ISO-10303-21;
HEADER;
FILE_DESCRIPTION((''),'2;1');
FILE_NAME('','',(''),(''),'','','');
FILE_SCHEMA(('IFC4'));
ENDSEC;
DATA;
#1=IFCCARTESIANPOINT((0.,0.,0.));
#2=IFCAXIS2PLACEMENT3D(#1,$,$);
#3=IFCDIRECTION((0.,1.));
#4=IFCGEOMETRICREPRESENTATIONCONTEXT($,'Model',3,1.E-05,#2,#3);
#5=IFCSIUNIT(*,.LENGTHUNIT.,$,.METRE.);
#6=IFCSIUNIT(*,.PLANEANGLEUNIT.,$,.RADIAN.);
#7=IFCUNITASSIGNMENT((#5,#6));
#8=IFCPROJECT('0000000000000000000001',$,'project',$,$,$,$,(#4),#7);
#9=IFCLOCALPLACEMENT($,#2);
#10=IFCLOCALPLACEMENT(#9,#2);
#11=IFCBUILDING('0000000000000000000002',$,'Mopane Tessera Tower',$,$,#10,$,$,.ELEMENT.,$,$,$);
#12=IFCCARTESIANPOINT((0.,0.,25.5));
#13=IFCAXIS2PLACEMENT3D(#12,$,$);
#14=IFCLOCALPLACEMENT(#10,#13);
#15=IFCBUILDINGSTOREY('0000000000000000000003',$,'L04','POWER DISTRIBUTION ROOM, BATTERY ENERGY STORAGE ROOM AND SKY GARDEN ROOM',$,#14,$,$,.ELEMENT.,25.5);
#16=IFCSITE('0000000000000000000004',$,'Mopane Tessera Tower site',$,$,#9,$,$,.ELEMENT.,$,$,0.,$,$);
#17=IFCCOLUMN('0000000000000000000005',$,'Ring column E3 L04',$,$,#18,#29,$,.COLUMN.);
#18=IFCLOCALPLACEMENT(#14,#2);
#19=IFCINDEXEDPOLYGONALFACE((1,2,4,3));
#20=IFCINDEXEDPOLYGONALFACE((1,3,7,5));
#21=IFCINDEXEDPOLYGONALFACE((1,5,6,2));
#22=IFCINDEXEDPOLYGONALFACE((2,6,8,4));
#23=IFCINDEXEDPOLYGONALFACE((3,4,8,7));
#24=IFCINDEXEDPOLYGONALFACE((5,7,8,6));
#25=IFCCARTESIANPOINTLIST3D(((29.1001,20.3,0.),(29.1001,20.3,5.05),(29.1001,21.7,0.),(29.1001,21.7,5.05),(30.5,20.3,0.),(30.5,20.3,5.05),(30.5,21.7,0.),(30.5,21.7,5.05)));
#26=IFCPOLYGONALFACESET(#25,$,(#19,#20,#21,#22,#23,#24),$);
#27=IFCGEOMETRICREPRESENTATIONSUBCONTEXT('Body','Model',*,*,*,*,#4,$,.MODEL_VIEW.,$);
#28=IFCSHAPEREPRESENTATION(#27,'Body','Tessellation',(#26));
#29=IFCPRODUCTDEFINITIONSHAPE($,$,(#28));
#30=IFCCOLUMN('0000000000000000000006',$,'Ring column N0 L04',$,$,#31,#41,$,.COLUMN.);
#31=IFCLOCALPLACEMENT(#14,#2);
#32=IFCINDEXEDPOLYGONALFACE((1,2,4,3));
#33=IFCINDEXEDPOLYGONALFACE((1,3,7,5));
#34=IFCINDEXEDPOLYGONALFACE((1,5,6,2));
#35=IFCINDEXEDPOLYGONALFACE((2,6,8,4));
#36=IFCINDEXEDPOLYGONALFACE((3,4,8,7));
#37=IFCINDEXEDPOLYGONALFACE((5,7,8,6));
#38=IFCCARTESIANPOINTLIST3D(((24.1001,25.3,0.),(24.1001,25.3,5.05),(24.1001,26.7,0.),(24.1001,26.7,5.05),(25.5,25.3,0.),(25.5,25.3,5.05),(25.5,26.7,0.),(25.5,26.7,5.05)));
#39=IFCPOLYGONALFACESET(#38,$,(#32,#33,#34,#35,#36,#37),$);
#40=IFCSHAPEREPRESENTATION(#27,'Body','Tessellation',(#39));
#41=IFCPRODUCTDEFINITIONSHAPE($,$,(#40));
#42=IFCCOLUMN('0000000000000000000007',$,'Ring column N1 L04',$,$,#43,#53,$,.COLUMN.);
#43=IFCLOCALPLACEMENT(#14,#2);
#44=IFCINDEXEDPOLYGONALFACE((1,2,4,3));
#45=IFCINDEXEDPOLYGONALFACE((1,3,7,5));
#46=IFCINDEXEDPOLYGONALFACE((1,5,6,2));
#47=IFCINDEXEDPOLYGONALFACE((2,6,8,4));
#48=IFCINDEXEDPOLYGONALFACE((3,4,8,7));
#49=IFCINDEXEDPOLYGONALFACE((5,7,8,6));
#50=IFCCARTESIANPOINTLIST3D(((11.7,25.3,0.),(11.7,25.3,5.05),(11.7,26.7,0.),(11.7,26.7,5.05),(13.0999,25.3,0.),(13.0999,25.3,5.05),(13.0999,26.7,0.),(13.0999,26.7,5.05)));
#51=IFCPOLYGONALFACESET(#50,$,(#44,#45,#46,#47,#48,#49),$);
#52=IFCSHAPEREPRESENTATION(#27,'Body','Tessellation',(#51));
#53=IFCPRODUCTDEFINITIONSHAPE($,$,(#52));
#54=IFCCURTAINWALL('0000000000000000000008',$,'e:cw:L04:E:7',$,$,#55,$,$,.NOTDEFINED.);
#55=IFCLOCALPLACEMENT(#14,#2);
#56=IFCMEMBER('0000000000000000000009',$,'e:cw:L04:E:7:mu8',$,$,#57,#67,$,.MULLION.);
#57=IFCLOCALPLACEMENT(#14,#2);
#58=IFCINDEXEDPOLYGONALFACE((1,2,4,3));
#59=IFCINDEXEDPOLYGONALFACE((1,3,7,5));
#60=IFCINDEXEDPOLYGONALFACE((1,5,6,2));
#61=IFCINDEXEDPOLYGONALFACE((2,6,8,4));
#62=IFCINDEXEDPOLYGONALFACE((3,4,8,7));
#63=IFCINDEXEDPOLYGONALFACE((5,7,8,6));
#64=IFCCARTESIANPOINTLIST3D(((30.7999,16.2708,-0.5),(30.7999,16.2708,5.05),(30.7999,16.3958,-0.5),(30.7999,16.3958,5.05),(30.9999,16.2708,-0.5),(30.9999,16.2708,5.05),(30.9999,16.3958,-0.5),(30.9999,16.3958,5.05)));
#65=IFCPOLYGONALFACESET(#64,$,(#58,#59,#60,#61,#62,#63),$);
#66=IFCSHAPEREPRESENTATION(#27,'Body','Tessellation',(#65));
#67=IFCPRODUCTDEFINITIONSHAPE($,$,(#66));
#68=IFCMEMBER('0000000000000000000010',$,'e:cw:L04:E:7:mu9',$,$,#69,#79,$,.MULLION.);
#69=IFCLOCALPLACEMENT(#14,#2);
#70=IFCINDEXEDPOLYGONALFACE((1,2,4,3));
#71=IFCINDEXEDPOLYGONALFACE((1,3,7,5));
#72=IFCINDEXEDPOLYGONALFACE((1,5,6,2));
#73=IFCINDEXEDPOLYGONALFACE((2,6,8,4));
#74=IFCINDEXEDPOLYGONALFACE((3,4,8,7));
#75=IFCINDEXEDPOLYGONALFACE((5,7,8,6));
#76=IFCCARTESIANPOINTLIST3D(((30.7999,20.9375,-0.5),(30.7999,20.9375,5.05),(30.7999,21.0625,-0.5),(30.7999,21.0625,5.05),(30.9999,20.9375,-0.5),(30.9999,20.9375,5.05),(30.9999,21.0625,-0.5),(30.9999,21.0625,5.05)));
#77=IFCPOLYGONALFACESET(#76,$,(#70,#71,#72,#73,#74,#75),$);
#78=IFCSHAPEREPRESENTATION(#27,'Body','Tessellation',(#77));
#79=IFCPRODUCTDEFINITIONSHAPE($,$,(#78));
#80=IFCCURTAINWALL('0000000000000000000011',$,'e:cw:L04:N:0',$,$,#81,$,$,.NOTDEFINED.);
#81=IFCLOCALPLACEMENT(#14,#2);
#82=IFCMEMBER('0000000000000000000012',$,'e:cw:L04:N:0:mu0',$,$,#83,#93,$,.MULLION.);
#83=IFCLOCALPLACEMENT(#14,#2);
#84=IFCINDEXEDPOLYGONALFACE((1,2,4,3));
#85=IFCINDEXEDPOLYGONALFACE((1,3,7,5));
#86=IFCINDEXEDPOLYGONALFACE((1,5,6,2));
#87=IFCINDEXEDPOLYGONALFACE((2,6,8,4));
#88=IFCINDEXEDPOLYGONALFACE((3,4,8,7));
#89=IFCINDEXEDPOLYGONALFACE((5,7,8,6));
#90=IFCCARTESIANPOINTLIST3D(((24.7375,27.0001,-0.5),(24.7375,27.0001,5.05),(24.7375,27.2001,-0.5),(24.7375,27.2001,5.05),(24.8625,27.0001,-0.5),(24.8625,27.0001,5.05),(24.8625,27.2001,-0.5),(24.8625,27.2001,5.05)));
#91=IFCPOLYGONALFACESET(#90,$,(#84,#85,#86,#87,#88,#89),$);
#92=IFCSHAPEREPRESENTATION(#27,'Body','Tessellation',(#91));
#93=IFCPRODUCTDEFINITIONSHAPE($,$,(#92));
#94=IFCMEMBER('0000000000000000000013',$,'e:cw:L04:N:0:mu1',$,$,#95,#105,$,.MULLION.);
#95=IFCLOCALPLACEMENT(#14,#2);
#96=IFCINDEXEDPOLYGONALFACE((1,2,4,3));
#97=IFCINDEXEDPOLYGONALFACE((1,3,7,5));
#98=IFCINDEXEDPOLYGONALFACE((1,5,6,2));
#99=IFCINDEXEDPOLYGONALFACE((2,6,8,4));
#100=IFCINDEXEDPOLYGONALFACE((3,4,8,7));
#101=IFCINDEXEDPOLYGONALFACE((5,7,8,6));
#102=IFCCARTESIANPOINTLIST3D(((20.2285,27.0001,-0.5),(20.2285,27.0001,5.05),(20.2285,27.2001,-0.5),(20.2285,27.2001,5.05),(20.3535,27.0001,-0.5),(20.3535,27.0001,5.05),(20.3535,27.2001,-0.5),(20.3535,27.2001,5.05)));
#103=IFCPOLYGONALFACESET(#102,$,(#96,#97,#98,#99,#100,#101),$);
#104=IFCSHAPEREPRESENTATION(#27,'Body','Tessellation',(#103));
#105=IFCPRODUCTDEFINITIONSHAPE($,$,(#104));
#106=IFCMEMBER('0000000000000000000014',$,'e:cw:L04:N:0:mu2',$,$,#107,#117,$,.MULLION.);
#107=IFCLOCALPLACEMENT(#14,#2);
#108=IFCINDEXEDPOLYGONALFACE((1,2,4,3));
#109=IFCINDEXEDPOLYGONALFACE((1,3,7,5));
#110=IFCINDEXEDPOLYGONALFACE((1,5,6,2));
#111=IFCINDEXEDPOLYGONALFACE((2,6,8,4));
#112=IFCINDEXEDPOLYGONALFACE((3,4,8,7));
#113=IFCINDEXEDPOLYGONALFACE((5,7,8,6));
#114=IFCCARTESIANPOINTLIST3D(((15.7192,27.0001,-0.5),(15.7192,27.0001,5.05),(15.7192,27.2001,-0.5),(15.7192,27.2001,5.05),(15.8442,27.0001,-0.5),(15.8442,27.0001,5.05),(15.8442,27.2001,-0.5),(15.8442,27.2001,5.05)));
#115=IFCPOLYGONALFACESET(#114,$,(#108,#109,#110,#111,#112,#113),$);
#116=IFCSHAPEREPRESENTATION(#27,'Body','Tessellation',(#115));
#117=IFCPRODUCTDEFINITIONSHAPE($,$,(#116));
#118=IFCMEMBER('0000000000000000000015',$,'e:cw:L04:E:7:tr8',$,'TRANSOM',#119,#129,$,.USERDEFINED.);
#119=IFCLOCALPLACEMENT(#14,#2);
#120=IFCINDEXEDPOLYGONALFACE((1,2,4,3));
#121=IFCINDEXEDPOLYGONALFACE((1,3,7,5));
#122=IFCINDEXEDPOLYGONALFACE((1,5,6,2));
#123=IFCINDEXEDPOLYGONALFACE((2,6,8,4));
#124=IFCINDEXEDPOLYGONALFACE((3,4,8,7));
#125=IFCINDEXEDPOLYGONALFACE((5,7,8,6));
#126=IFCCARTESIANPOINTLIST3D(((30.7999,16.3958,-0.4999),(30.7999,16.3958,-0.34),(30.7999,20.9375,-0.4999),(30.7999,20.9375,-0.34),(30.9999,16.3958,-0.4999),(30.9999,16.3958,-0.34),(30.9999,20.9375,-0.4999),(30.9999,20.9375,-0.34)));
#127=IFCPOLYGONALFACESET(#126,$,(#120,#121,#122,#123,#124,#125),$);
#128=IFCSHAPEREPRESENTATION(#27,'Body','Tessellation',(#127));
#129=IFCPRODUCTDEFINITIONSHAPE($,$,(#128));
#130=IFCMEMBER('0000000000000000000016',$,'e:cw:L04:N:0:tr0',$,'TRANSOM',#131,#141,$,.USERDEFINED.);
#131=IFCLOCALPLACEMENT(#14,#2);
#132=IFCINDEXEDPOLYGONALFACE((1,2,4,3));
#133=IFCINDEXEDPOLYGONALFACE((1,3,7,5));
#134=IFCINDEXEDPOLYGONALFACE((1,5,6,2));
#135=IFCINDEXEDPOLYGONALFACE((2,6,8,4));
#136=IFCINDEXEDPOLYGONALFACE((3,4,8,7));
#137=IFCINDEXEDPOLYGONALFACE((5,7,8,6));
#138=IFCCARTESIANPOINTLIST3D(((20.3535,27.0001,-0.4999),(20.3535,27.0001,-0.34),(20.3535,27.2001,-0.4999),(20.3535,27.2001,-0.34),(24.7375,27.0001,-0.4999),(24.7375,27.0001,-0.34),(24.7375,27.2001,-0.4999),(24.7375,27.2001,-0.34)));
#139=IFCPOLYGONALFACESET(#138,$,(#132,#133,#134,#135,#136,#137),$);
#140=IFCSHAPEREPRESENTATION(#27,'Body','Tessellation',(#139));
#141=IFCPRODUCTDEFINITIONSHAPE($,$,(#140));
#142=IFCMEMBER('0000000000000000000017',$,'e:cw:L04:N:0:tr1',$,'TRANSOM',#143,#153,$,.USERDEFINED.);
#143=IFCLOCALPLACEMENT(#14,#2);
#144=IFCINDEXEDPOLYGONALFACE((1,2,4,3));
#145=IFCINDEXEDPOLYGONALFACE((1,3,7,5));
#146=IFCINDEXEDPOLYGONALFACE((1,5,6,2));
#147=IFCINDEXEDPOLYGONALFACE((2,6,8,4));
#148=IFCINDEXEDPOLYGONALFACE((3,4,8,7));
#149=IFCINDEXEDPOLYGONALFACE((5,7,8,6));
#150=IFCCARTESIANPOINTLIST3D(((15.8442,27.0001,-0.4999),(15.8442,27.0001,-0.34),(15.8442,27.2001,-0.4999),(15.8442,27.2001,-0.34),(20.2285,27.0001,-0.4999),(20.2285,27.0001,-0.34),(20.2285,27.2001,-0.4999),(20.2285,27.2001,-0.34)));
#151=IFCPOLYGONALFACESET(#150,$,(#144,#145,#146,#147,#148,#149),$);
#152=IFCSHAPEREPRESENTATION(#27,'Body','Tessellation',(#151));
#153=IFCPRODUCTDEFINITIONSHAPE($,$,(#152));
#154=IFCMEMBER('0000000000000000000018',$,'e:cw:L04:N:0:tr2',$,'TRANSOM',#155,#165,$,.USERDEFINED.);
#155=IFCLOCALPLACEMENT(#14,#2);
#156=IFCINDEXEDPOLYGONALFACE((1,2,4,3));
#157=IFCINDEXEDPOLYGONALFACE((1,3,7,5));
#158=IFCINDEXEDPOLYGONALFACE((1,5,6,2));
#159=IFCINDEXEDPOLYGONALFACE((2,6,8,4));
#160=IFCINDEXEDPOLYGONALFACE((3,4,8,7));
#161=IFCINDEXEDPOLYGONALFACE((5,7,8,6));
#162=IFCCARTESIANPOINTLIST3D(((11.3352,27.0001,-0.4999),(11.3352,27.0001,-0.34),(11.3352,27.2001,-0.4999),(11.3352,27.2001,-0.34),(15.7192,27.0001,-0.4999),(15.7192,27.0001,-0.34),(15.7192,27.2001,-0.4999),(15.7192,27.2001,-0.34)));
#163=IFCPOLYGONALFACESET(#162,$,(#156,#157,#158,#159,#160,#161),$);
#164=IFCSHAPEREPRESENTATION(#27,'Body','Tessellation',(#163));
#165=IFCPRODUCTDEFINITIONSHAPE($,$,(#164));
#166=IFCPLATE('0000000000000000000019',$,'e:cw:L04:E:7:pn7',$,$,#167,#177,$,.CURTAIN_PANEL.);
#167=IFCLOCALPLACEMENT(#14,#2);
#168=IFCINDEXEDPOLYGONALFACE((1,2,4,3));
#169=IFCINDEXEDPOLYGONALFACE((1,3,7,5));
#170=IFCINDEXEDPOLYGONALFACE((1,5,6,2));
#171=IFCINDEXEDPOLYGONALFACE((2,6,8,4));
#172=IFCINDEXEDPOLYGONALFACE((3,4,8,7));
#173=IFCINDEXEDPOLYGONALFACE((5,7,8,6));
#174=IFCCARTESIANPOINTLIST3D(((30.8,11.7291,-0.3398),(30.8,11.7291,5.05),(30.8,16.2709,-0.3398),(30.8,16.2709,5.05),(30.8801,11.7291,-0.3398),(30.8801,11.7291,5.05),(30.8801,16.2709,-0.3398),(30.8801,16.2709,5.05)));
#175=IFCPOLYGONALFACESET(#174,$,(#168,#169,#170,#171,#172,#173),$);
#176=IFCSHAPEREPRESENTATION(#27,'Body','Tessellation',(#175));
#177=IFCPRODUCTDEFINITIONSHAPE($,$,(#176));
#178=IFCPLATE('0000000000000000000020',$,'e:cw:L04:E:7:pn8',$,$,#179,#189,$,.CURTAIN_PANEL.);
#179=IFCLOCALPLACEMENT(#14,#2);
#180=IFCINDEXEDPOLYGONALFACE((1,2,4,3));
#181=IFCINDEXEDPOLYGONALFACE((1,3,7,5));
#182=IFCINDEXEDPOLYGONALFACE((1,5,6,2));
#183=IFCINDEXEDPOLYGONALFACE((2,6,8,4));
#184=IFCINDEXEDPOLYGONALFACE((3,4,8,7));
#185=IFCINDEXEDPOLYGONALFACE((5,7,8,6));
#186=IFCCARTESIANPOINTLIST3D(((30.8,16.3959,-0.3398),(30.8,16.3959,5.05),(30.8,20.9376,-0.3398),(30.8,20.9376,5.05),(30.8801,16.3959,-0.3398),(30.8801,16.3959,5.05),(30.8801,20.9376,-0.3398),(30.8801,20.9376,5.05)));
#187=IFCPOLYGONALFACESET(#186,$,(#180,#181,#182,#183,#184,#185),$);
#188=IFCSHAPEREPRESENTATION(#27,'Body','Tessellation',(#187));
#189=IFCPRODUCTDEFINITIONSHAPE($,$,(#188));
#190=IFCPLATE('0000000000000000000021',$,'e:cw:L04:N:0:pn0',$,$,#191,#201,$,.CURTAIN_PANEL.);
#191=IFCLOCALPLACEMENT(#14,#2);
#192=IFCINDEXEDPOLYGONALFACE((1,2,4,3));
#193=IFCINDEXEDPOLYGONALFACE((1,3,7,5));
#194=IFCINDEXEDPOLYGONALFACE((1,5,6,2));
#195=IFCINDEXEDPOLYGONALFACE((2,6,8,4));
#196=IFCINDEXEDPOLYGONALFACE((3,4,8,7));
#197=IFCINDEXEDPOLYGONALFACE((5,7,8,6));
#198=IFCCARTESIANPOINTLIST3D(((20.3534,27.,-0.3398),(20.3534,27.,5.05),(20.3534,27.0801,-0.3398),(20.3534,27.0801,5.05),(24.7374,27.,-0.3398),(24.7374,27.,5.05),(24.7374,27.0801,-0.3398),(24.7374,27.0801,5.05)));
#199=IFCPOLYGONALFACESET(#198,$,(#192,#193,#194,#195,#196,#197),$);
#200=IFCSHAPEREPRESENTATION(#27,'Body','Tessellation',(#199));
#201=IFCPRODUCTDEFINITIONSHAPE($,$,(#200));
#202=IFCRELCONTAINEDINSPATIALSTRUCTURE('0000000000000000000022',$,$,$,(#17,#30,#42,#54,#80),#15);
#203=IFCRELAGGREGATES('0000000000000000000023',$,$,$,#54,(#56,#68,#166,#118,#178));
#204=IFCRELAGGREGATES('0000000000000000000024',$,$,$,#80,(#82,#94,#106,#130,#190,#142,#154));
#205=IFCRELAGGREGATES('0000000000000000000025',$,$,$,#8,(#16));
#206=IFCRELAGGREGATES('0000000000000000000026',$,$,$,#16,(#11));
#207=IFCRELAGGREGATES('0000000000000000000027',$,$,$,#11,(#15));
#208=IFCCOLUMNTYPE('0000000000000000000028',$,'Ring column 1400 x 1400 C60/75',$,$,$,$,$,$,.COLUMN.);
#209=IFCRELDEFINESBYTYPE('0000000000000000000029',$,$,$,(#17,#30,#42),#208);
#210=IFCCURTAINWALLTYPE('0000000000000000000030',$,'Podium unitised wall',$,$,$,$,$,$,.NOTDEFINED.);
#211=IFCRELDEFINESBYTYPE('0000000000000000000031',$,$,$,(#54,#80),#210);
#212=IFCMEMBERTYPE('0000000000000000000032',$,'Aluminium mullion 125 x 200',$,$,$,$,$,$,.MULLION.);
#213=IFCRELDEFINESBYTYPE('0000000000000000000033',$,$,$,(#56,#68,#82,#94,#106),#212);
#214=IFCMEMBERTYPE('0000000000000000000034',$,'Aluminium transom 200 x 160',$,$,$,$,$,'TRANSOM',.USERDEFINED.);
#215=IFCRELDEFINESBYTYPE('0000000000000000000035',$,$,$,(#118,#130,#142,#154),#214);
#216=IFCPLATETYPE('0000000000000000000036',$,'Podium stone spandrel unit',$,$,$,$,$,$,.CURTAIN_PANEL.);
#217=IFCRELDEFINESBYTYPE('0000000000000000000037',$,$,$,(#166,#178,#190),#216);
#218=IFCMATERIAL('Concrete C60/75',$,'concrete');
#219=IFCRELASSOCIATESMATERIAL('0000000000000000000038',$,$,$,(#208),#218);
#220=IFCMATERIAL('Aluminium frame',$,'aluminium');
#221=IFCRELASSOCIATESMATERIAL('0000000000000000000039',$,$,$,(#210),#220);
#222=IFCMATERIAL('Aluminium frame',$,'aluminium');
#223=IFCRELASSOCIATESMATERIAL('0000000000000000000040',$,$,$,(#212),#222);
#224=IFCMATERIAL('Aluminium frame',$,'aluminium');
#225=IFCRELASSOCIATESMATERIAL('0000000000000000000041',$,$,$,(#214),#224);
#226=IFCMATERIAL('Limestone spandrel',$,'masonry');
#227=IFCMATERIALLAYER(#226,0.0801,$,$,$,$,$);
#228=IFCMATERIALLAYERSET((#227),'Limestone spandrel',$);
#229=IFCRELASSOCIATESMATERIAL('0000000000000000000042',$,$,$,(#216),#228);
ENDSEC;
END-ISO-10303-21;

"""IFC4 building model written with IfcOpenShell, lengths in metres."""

from ifc_helpers import new_model, si_unit, direction, frame, origin, origin_2d, place, context, subcontext, project, spatial, rectangle, extrude, material, layer, layer_set, material_profile, profile_set, type_object, element, aggregate, save


model = new_model("IFC4")

# Units and contexts
model_context = context("Model", 3, precision=1e-05, world=origin(), true_north=direction((0.0, 1.0)))
body_context = subcontext(model_context, "Body", "Model", "MODEL_VIEW")
ifc_project = project(units=[si_unit("LENGTHUNIT", "METRE"), si_unit("PLANEANGLEUNIT", "RADIAN")], contexts=[model_context])

# Site, building, storey
site_placement = place(None, origin())
site = spatial("IfcSite", under=ifc_project, at=site_placement, Name="Mopane Tessera Tower site", CompositionType="ELEMENT", RefElevation=0.0)
building_placement = place(site_placement, origin())
building = spatial("IfcBuilding", under=site, at=building_placement, Name="Mopane Tessera Tower", CompositionType="ELEMENT")
storey_placement = place(building_placement, frame((0.0, 0.0, 25.5)))
storey = spatial("IfcBuildingStorey", under=building, at=storey_placement, Name="L04", Description="POWER DISTRIBUTION ROOM, BATTERY ENERGY STORAGE ROOM AND SKY GARDEN ROOM", CompositionType="ELEMENT", Elevation=25.5)

# Columns
ifc_material_1 = material(Name="Concrete C60/75", Category="concrete")
ifc_material_profile_1 = material_profile(ifc_material_1, rectangle(XDim=1.3999, YDim=1.3999, at=origin_2d()))
ifc_profile_set_1 = profile_set([ifc_material_profile_1], Name="Concrete C60/75")
column_type = type_object("IfcColumnType", Name="Ring column 1400 x 1400 C60/75", PredefinedType="COLUMN", material=ifc_profile_set_1)
for number, where, z_axis, x_axis, name in (
    (1, (29.8, 21.0, 0.0), (0.0, 0.0, 1.0), (1.0, 0.0, 0.0), "Ring column E3 L04"),
    (2, (24.8, 26.0, 0.0), (0.0, 0.0, 1.0), (1.0, 0.0, 0.0), "Ring column N0 L04"),
    (3, (12.3999, 26.0, 0.0), (0.0, 0.0, 1.0), (1.0, 0.0, 0.0), "Ring column N1 L04"),
):
    element("IfcColumn", number, at=place(storey_placement, frame(where, z_axis=z_axis, x_axis=x_axis)), inside=storey, type_object=column_type, Name=name, PredefinedType="COLUMN", context=body_context, shape_type="SweptSolid", body=[
        extrude(rectangle(XDim=1.3999, YDim=1.3999, at=origin_2d()), origin(), (0.0, 0.0, 1.0), 5.05),
    ])

# Curtain walls, members
ifc_material_2 = material(Name="Aluminium frame", Category="aluminium")
curtain_wall_type = type_object("IfcCurtainWallType", Name="Podium unitised wall", PredefinedType="NOTDEFINED", material=ifc_material_2)
curtain_wall_1_placement = place(storey_placement, origin())
curtain_wall_1 = element("IfcCurtainWall", 4, at=curtain_wall_1_placement, inside=storey, type_object=curtain_wall_type, Name="e:cw:L04:E:7", PredefinedType="NOTDEFINED")
ifc_material_3 = material(Name="Aluminium frame", Category="aluminium")
ifc_material_profile_2 = material_profile(ifc_material_3, rectangle(XDim=0.125, YDim=0.2, at=origin_2d()))
ifc_profile_set_2 = profile_set([ifc_material_profile_2], Name="Aluminium frame")
member_type_1 = type_object("IfcMemberType", Name="Aluminium mullion 125 x 200", PredefinedType="MULLION", material=ifc_profile_set_2)
member_1_placement = place(storey_placement, frame((30.8999, 16.3333, -0.5), z_axis=(0.0, 0.0, 1.0), x_axis=(0.0, 1.0, 0.0)))
member_1 = element("IfcMember", 5, at=member_1_placement, type_object=member_type_1, Name="e:cw:L04:E:7:mu8", PredefinedType="MULLION", context=body_context, shape_type="SweptSolid", body=[
    extrude(rectangle(XDim=0.125, YDim=0.2, at=origin_2d()), origin(), (0.0, 0.0, 1.0), 5.55),
])
member_2_placement = place(storey_placement, frame((30.8999, 21.0, -0.5), z_axis=(0.0, 0.0, 1.0), x_axis=(0.0, 1.0, 0.0)))
member_2 = element("IfcMember", 6, at=member_2_placement, type_object=member_type_1, Name="e:cw:L04:E:7:mu9", PredefinedType="MULLION", context=body_context, shape_type="SweptSolid", body=[
    extrude(rectangle(XDim=0.125, YDim=0.2, at=origin_2d()), origin(), (0.0, 0.0, 1.0), 5.55),
])
curtain_wall_2_placement = place(storey_placement, origin())
curtain_wall_2 = element("IfcCurtainWall", 7, at=curtain_wall_2_placement, inside=storey, type_object=curtain_wall_type, Name="e:cw:L04:N:0", PredefinedType="NOTDEFINED")
member_3_placement = place(storey_placement, frame((24.8, 27.1001, -0.5), z_axis=(0.0, 0.0, 1.0), x_axis=(-1.0, 0.0, 0.0)))
member_3 = element("IfcMember", 8, at=member_3_placement, type_object=member_type_1, Name="e:cw:L04:N:0:mu0", PredefinedType="MULLION", context=body_context, shape_type="SweptSolid", body=[
    extrude(rectangle(XDim=0.125, YDim=0.2, at=origin_2d()), origin(), (0.0, 0.0, 1.0), 5.55),
])
member_4_placement = place(storey_placement, frame((20.291, 27.1001, -0.5), z_axis=(0.0, 0.0, 1.0), x_axis=(-1.0, 0.0, 0.0)))
member_4 = element("IfcMember", 9, at=member_4_placement, type_object=member_type_1, Name="e:cw:L04:N:0:mu1", PredefinedType="MULLION", context=body_context, shape_type="SweptSolid", body=[
    extrude(rectangle(XDim=0.125, YDim=0.2, at=origin_2d()), origin(), (0.0, 0.0, 1.0), 5.55),
])
member_5_placement = place(storey_placement, frame((15.7817, 27.1001, -0.5), z_axis=(0.0, 0.0, 1.0), x_axis=(-1.0, 0.0, 0.0)))
member_5 = element("IfcMember", 10, at=member_5_placement, type_object=member_type_1, Name="e:cw:L04:N:0:mu2", PredefinedType="MULLION", context=body_context, shape_type="SweptSolid", body=[
    extrude(rectangle(XDim=0.125, YDim=0.2, at=origin_2d()), origin(), (0.0, 0.0, 1.0), 5.55),
])

# Members
ifc_material_4 = material(Name="Aluminium frame", Category="aluminium")
ifc_material_profile_3 = material_profile(ifc_material_4, rectangle(XDim=0.2, YDim=0.1599, at=origin_2d()))
ifc_profile_set_3 = profile_set([ifc_material_profile_3], Name="Aluminium frame")
member_type_2 = type_object("IfcMemberType", Name="Aluminium transom 200 x 160", ElementType="TRANSOM", PredefinedType="USERDEFINED", material=ifc_profile_set_3)
member_6_placement = place(storey_placement, frame((30.8999, 16.3958, -0.4199), z_axis=(0.0, 1.0, 0.0), x_axis=(-1.0, 0.0, 0.0)))
member_6 = element("IfcMember", 11, at=member_6_placement, type_object=member_type_2, Name="e:cw:L04:E:7:tr8", ObjectType="TRANSOM", PredefinedType="USERDEFINED", context=body_context, shape_type="SweptSolid", body=[
    extrude(rectangle(XDim=0.2, YDim=0.1599, at=origin_2d()), origin(), (0.0, 0.0, 1.0), 4.5417),
])
member_7_placement = place(storey_placement, frame((24.7375, 27.1001, -0.4199), z_axis=(-1.0, 0.0, 0.0), x_axis=(0.0, -1.0, 0.0)))
member_7 = element("IfcMember", 12, at=member_7_placement, type_object=member_type_2, Name="e:cw:L04:N:0:tr0", ObjectType="TRANSOM", PredefinedType="USERDEFINED", context=body_context, shape_type="SweptSolid", body=[
    extrude(rectangle(XDim=0.2, YDim=0.1599, at=origin_2d()), origin(), (0.0, 0.0, 1.0), 4.384),
])
member_8_placement = place(storey_placement, frame((20.2285, 27.1001, -0.4199), z_axis=(-1.0, 0.0, 0.0), x_axis=(0.0, -1.0, 0.0)))
member_8 = element("IfcMember", 13, at=member_8_placement, type_object=member_type_2, Name="e:cw:L04:N:0:tr1", ObjectType="TRANSOM", PredefinedType="USERDEFINED", context=body_context, shape_type="SweptSolid", body=[
    extrude(rectangle(XDim=0.2, YDim=0.1599, at=origin_2d()), origin(), (0.0, 0.0, 1.0), 4.3843),
])
member_9_placement = place(storey_placement, frame((15.7192, 27.1001, -0.4199), z_axis=(-1.0, 0.0, 0.0), x_axis=(0.0, -1.0, 0.0)))
member_9 = element("IfcMember", 14, at=member_9_placement, type_object=member_type_2, Name="e:cw:L04:N:0:tr2", ObjectType="TRANSOM", PredefinedType="USERDEFINED", context=body_context, shape_type="SweptSolid", body=[
    extrude(rectangle(XDim=0.2, YDim=0.1599, at=origin_2d()), origin(), (0.0, 0.0, 1.0), 4.384),
])

# Plates
ifc_material_5 = material(Name="Limestone spandrel", Category="masonry")
ifc_layer_1 = layer(ifc_material_5, 0.0801)
ifc_layer_set_1 = layer_set([ifc_layer_1], Name="Limestone spandrel")
plate_type = type_object("IfcPlateType", Name="Podium stone spandrel unit", PredefinedType="CURTAIN_PANEL", material=ifc_layer_set_1)
plate_1_placement = place(storey_placement, frame((30.8401, 14.0, -0.3398), z_axis=(0.0, 0.0, 1.0), x_axis=(0.0, 1.0, 0.0)))
plate_1 = element("IfcPlate", 15, at=plate_1_placement, type_object=plate_type, Name="e:cw:L04:E:7:pn7", PredefinedType="CURTAIN_PANEL", context=body_context, shape_type="SweptSolid", body=[
    extrude(rectangle(XDim=4.5417, YDim=0.0801, at=origin_2d()), origin(), (0.0, 0.0, 1.0), 5.3899),
])
plate_2_placement = place(storey_placement, frame((30.8401, 18.6667, -0.3398), z_axis=(0.0, 0.0, 1.0), x_axis=(0.0, 1.0, 0.0)))
plate_2 = element("IfcPlate", 16, at=plate_2_placement, type_object=plate_type, Name="e:cw:L04:E:7:pn8", PredefinedType="CURTAIN_PANEL", context=body_context, shape_type="SweptSolid", body=[
    extrude(rectangle(XDim=4.5417, YDim=0.0801, at=origin_2d()), origin(), (0.0, 0.0, 1.0), 5.3899),
])
aggregate(curtain_wall_1, [member_1, member_2, plate_1, member_6, plate_2])
plate_3_placement = place(storey_placement, frame((22.5454, 27.04, -0.3398), z_axis=(0.0, 0.0, 1.0), x_axis=(-1.0, 0.0, 0.0)))
plate_3 = element("IfcPlate", 17, at=plate_3_placement, type_object=plate_type, Name="e:cw:L04:N:0:pn0", PredefinedType="CURTAIN_PANEL", context=body_context, shape_type="SweptSolid", body=[
    extrude(rectangle(XDim=4.384, YDim=0.0801, at=origin_2d()), origin(), (0.0, 0.0, 1.0), 5.3899),
])
aggregate(curtain_wall_2, [member_3, member_4, member_5, member_7, plate_3, member_8, member_9])

save(model, "model.ifc")
